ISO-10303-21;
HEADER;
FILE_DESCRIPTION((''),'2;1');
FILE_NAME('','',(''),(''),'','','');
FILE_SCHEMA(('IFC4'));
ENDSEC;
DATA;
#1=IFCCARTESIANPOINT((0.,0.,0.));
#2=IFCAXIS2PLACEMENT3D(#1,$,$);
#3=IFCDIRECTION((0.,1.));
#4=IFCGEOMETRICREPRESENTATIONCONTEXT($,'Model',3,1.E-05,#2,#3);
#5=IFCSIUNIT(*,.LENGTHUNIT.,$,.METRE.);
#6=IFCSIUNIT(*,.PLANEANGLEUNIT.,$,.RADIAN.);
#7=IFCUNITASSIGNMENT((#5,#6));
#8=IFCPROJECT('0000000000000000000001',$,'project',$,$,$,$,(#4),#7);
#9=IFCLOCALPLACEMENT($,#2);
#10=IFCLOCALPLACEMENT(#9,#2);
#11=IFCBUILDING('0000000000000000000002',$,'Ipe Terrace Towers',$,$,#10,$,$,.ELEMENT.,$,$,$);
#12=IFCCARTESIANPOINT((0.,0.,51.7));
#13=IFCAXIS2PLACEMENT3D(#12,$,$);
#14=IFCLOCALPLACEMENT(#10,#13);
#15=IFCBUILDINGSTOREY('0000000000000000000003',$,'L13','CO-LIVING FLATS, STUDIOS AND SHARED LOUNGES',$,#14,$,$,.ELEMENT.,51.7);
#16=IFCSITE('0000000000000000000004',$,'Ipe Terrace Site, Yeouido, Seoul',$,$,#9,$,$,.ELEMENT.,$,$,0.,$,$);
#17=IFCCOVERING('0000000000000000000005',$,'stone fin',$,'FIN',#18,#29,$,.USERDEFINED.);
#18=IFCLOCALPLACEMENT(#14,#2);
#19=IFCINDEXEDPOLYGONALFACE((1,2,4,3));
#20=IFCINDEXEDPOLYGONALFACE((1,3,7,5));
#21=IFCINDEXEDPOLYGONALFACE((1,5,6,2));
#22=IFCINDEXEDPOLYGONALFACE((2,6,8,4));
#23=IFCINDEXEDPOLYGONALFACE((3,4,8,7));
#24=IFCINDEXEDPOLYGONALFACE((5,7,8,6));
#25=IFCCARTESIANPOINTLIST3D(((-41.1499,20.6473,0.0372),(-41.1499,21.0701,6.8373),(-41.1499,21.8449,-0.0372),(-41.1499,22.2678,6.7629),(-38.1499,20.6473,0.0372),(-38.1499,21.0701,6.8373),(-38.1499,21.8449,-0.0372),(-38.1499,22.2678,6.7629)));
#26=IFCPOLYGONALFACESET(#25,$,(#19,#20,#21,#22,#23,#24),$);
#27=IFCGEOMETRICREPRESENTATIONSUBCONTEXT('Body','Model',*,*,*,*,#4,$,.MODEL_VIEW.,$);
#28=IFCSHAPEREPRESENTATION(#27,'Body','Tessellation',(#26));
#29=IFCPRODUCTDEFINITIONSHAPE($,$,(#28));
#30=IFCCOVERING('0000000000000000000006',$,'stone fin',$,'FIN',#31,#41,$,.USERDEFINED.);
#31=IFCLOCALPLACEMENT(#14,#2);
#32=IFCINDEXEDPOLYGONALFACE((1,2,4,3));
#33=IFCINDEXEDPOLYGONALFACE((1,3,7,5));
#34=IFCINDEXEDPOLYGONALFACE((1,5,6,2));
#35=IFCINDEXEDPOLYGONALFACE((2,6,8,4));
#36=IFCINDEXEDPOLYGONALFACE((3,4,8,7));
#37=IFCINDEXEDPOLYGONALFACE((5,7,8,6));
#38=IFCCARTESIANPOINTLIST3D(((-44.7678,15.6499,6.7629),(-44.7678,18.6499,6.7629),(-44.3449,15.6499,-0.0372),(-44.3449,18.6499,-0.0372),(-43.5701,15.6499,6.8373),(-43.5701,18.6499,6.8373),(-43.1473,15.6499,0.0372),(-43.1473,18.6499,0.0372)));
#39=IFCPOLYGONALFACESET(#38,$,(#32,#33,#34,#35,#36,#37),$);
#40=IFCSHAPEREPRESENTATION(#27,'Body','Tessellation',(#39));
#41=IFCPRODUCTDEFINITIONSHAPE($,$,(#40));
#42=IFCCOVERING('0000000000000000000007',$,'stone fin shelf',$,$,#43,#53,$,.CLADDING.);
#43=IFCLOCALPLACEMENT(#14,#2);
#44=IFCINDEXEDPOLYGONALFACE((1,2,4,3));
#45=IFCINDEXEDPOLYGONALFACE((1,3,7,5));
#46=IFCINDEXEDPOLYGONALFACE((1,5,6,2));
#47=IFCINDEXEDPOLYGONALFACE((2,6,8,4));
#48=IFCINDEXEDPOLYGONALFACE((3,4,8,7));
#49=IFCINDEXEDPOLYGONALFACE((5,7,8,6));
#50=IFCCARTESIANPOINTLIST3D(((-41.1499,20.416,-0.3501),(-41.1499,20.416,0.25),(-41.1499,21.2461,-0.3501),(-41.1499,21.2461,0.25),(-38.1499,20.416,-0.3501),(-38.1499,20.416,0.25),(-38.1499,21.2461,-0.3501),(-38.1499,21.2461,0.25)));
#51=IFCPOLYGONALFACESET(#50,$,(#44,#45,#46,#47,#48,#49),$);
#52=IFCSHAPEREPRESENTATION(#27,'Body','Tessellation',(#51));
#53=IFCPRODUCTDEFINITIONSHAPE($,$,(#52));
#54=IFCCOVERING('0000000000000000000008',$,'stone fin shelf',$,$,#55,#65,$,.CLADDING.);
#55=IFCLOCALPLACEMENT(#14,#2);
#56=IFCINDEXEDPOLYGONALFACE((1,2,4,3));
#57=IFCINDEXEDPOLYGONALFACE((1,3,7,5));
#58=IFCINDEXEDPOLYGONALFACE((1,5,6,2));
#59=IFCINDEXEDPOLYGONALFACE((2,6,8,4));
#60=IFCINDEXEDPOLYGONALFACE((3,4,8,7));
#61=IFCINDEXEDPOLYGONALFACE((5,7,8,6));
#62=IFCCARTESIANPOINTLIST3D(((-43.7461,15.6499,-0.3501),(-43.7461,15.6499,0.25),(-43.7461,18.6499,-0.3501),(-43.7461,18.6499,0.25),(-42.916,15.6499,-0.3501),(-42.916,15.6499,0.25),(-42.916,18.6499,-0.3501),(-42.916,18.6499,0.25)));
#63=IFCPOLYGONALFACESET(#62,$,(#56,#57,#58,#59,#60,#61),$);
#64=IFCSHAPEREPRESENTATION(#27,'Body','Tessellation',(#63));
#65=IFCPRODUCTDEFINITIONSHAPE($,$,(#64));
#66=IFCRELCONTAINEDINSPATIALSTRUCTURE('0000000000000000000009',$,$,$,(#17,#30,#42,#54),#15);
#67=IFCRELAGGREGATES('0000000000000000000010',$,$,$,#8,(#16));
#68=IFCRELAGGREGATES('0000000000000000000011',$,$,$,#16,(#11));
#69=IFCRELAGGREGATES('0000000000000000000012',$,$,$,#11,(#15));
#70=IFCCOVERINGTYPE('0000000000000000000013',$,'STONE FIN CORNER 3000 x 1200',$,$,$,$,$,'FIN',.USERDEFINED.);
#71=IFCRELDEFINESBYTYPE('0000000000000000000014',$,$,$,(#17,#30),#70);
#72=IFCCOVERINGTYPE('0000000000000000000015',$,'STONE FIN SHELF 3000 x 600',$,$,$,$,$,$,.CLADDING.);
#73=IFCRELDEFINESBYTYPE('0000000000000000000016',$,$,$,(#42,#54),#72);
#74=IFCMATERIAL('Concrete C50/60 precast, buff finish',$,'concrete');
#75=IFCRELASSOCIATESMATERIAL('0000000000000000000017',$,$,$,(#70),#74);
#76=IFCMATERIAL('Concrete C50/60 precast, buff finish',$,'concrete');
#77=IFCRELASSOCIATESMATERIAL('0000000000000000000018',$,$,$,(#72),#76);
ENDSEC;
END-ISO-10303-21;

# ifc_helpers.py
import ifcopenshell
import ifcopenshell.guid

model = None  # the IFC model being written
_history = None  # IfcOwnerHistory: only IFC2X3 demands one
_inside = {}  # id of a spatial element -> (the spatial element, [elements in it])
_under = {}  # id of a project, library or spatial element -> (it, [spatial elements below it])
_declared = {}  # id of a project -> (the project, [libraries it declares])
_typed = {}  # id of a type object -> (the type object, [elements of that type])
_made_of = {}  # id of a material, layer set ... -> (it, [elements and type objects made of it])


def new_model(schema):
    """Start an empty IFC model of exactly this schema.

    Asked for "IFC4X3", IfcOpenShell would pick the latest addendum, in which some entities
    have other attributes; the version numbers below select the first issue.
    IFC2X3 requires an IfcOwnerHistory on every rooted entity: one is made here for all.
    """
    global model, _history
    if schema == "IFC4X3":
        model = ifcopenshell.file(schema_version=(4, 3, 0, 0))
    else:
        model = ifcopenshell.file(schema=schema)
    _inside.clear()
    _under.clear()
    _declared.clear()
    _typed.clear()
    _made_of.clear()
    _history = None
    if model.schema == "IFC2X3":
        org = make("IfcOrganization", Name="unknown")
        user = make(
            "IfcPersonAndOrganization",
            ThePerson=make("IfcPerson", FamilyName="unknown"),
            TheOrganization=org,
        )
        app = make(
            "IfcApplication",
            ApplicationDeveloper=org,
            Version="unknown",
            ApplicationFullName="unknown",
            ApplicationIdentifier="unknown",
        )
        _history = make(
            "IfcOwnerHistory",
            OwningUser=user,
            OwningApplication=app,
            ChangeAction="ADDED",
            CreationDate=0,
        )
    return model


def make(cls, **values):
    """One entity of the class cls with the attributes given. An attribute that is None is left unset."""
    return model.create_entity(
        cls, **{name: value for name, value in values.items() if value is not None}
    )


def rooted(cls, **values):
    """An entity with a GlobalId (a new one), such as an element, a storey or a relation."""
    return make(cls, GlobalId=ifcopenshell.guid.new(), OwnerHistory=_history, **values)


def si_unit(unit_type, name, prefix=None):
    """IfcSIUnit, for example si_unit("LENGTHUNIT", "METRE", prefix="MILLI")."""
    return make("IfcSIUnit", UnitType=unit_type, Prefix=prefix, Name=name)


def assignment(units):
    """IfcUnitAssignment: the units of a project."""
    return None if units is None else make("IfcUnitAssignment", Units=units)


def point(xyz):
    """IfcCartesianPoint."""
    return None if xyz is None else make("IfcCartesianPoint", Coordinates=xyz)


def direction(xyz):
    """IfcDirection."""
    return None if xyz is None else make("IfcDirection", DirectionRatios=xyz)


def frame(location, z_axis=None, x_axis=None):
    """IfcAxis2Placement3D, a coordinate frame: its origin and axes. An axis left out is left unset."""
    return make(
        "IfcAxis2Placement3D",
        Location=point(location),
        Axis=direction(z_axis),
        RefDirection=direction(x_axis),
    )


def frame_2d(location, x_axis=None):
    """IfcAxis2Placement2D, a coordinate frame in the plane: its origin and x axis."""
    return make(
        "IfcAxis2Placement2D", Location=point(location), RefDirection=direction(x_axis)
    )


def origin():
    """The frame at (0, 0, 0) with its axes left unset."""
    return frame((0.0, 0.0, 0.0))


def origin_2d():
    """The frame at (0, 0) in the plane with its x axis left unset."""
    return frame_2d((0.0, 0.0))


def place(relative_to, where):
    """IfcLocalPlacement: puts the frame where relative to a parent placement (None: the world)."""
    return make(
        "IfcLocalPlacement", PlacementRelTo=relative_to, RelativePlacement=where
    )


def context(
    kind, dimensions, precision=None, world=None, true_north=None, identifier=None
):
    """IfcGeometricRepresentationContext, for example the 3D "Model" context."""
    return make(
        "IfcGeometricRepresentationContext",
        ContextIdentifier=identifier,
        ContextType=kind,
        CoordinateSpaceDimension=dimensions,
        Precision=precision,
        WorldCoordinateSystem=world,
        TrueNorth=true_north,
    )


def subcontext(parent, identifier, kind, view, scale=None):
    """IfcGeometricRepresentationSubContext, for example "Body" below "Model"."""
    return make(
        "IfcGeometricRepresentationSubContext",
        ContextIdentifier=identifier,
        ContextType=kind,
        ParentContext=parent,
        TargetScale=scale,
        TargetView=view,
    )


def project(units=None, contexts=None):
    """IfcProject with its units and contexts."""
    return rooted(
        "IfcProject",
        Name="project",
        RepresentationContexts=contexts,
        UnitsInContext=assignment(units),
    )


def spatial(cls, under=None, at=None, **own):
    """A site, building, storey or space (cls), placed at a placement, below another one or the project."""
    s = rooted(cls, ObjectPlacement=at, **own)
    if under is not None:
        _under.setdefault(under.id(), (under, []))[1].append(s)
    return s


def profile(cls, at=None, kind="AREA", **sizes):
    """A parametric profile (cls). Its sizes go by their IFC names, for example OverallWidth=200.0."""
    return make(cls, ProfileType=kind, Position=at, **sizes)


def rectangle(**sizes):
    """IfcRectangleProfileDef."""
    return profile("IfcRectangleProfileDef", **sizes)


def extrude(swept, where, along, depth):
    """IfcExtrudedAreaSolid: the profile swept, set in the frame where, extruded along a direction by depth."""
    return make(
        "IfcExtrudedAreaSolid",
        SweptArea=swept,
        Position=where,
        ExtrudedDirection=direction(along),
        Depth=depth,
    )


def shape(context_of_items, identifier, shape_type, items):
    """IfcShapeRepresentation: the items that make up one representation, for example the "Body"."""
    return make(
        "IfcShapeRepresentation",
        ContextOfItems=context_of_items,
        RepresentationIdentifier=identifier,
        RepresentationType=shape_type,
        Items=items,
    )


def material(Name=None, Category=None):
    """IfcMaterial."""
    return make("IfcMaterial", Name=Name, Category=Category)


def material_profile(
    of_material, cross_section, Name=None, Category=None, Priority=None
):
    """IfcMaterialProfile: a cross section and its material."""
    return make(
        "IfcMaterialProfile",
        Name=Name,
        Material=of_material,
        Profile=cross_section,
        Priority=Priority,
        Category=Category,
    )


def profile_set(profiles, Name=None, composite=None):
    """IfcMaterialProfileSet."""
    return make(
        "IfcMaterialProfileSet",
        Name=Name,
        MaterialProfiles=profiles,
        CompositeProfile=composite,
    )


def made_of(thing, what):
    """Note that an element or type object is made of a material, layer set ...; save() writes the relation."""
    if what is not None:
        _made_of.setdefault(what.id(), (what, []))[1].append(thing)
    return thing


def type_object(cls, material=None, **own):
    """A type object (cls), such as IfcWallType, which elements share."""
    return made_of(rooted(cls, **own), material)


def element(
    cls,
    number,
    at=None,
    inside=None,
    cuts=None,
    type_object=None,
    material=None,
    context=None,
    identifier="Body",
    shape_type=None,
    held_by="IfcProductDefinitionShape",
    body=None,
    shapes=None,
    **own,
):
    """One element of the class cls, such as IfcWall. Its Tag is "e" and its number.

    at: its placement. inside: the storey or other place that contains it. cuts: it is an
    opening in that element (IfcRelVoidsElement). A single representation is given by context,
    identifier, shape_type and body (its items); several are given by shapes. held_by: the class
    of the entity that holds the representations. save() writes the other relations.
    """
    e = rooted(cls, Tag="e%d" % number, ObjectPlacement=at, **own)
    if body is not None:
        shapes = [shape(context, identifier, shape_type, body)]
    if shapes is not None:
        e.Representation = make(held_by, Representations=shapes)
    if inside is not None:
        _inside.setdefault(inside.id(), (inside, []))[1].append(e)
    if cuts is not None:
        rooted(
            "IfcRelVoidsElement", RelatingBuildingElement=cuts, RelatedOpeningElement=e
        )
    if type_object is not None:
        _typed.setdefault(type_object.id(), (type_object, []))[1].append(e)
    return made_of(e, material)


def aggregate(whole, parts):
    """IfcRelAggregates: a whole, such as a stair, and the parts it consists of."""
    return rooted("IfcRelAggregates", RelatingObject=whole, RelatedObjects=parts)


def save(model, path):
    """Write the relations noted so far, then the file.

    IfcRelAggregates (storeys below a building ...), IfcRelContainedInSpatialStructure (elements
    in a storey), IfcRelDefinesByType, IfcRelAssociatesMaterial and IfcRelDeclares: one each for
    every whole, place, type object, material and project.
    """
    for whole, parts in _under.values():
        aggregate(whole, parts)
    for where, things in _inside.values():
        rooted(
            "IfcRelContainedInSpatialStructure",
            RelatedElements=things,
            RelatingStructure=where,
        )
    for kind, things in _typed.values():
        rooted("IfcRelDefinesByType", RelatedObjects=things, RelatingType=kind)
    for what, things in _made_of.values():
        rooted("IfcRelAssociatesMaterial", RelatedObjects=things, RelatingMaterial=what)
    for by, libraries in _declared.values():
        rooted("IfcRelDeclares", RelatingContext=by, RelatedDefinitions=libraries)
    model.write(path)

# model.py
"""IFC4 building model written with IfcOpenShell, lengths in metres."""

from ifc_helpers import new_model, si_unit, direction, frame, origin, origin_2d, place, context, subcontext, project, spatial, rectangle, extrude, material, material_profile, profile_set, type_object, element, save


model = new_model("IFC4")

# Units and contexts
model_context = context("Model", 3, precision=1e-05, world=origin(), true_north=direction((0.0, 1.0)))
body_context = subcontext(model_context, "Body", "Model", "MODEL_VIEW")
ifc_project = project(units=[si_unit("LENGTHUNIT", "METRE"), si_unit("PLANEANGLEUNIT", "RADIAN")], contexts=[model_context])

# Site, building, storey
site_placement = place(None, origin())
site = spatial("IfcSite", under=ifc_project, at=site_placement, Name="Ipe Terrace Site, Yeouido, Seoul", CompositionType="ELEMENT", RefElevation=0.0)
building_placement = place(site_placement, origin())
building = spatial("IfcBuilding", under=site, at=building_placement, Name="Ipe Terrace Towers", CompositionType="ELEMENT")
storey_placement = place(building_placement, frame((0.0, 0.0, 51.7)))
storey = spatial("IfcBuildingStorey", under=building, at=storey_placement, Name="L13", Description="CO-LIVING FLATS, STUDIOS AND SHARED LOUNGES", CompositionType="ELEMENT", Elevation=51.7)

# Coverings
ifc_material_1 = material(Name="Concrete C50/60 precast, buff finish", Category="concrete")
ifc_material_profile_1 = material_profile(ifc_material_1, rectangle(XDim=3.0, YDim=1.2, at=origin_2d()), Name="STONE FIN CORNER 3000 x 1200")
ifc_profile_set_1 = profile_set([ifc_material_profile_1], Name="Concrete C50/60 precast, buff finish")
covering_type_1 = type_object("IfcCoveringType", Name="STONE FIN CORNER 3000 x 1200", ElementType="FIN", PredefinedType="USERDEFINED", material=ifc_profile_set_1)
for number, where, z_axis, x_axis, name in (
    (1, (-39.6499, 21.2461, 0.0), (0.0, 0.062064, 0.998072), (-1.0, 0.0, 0.0), "stone fin"),
    (2, (-43.7461, 17.1499, 0.0), (-0.062064, 0.0, 0.998072), (0.0, -1.0, 0.0), "stone fin"),
):
    element("IfcCovering", number, at=place(storey_placement, frame(where, z_axis=z_axis, x_axis=x_axis)), inside=storey, type_object=covering_type_1, Name=name, ObjectType="FIN", PredefinedType="USERDEFINED", context=body_context, shape_type="SweptSolid", body=[
        extrude(rectangle(XDim=3.0, YDim=1.2, at=origin_2d()), origin(), (0.0, 0.0, 1.0), 6.8132),
    ])
ifc_material_2 = material(Name="Concrete C50/60 precast, buff finish", Category="concrete")
covering_type_2 = type_object("IfcCoveringType", Name="STONE FIN SHELF 3000 x 600", PredefinedType="CLADDING", material=ifc_material_2)
for number, where, z_axis, x_axis, name in (
    (3, (-39.6499, 20.8311, -0.3501), (0.0, 0.0, 1.0), (-1.0, 0.0, 0.0), "stone fin shelf"),
    (4, (-43.3311, 17.1499, -0.3501), (0.0, 0.0, 1.0), (0.0, -1.0, 0.0), "stone fin shelf"),
):
    element("IfcCovering", number, at=place(storey_placement, frame(where, z_axis=z_axis, x_axis=x_axis)), inside=storey, type_object=covering_type_2, Name=name, PredefinedType="CLADDING", context=body_context, shape_type="SweptSolid", body=[
        extrude(rectangle(XDim=3.0, YDim=0.8301, at=origin_2d()), origin(), (0.0, 0.0, 1.0), 0.6001),
    ])

save(model, "model.ifc")
